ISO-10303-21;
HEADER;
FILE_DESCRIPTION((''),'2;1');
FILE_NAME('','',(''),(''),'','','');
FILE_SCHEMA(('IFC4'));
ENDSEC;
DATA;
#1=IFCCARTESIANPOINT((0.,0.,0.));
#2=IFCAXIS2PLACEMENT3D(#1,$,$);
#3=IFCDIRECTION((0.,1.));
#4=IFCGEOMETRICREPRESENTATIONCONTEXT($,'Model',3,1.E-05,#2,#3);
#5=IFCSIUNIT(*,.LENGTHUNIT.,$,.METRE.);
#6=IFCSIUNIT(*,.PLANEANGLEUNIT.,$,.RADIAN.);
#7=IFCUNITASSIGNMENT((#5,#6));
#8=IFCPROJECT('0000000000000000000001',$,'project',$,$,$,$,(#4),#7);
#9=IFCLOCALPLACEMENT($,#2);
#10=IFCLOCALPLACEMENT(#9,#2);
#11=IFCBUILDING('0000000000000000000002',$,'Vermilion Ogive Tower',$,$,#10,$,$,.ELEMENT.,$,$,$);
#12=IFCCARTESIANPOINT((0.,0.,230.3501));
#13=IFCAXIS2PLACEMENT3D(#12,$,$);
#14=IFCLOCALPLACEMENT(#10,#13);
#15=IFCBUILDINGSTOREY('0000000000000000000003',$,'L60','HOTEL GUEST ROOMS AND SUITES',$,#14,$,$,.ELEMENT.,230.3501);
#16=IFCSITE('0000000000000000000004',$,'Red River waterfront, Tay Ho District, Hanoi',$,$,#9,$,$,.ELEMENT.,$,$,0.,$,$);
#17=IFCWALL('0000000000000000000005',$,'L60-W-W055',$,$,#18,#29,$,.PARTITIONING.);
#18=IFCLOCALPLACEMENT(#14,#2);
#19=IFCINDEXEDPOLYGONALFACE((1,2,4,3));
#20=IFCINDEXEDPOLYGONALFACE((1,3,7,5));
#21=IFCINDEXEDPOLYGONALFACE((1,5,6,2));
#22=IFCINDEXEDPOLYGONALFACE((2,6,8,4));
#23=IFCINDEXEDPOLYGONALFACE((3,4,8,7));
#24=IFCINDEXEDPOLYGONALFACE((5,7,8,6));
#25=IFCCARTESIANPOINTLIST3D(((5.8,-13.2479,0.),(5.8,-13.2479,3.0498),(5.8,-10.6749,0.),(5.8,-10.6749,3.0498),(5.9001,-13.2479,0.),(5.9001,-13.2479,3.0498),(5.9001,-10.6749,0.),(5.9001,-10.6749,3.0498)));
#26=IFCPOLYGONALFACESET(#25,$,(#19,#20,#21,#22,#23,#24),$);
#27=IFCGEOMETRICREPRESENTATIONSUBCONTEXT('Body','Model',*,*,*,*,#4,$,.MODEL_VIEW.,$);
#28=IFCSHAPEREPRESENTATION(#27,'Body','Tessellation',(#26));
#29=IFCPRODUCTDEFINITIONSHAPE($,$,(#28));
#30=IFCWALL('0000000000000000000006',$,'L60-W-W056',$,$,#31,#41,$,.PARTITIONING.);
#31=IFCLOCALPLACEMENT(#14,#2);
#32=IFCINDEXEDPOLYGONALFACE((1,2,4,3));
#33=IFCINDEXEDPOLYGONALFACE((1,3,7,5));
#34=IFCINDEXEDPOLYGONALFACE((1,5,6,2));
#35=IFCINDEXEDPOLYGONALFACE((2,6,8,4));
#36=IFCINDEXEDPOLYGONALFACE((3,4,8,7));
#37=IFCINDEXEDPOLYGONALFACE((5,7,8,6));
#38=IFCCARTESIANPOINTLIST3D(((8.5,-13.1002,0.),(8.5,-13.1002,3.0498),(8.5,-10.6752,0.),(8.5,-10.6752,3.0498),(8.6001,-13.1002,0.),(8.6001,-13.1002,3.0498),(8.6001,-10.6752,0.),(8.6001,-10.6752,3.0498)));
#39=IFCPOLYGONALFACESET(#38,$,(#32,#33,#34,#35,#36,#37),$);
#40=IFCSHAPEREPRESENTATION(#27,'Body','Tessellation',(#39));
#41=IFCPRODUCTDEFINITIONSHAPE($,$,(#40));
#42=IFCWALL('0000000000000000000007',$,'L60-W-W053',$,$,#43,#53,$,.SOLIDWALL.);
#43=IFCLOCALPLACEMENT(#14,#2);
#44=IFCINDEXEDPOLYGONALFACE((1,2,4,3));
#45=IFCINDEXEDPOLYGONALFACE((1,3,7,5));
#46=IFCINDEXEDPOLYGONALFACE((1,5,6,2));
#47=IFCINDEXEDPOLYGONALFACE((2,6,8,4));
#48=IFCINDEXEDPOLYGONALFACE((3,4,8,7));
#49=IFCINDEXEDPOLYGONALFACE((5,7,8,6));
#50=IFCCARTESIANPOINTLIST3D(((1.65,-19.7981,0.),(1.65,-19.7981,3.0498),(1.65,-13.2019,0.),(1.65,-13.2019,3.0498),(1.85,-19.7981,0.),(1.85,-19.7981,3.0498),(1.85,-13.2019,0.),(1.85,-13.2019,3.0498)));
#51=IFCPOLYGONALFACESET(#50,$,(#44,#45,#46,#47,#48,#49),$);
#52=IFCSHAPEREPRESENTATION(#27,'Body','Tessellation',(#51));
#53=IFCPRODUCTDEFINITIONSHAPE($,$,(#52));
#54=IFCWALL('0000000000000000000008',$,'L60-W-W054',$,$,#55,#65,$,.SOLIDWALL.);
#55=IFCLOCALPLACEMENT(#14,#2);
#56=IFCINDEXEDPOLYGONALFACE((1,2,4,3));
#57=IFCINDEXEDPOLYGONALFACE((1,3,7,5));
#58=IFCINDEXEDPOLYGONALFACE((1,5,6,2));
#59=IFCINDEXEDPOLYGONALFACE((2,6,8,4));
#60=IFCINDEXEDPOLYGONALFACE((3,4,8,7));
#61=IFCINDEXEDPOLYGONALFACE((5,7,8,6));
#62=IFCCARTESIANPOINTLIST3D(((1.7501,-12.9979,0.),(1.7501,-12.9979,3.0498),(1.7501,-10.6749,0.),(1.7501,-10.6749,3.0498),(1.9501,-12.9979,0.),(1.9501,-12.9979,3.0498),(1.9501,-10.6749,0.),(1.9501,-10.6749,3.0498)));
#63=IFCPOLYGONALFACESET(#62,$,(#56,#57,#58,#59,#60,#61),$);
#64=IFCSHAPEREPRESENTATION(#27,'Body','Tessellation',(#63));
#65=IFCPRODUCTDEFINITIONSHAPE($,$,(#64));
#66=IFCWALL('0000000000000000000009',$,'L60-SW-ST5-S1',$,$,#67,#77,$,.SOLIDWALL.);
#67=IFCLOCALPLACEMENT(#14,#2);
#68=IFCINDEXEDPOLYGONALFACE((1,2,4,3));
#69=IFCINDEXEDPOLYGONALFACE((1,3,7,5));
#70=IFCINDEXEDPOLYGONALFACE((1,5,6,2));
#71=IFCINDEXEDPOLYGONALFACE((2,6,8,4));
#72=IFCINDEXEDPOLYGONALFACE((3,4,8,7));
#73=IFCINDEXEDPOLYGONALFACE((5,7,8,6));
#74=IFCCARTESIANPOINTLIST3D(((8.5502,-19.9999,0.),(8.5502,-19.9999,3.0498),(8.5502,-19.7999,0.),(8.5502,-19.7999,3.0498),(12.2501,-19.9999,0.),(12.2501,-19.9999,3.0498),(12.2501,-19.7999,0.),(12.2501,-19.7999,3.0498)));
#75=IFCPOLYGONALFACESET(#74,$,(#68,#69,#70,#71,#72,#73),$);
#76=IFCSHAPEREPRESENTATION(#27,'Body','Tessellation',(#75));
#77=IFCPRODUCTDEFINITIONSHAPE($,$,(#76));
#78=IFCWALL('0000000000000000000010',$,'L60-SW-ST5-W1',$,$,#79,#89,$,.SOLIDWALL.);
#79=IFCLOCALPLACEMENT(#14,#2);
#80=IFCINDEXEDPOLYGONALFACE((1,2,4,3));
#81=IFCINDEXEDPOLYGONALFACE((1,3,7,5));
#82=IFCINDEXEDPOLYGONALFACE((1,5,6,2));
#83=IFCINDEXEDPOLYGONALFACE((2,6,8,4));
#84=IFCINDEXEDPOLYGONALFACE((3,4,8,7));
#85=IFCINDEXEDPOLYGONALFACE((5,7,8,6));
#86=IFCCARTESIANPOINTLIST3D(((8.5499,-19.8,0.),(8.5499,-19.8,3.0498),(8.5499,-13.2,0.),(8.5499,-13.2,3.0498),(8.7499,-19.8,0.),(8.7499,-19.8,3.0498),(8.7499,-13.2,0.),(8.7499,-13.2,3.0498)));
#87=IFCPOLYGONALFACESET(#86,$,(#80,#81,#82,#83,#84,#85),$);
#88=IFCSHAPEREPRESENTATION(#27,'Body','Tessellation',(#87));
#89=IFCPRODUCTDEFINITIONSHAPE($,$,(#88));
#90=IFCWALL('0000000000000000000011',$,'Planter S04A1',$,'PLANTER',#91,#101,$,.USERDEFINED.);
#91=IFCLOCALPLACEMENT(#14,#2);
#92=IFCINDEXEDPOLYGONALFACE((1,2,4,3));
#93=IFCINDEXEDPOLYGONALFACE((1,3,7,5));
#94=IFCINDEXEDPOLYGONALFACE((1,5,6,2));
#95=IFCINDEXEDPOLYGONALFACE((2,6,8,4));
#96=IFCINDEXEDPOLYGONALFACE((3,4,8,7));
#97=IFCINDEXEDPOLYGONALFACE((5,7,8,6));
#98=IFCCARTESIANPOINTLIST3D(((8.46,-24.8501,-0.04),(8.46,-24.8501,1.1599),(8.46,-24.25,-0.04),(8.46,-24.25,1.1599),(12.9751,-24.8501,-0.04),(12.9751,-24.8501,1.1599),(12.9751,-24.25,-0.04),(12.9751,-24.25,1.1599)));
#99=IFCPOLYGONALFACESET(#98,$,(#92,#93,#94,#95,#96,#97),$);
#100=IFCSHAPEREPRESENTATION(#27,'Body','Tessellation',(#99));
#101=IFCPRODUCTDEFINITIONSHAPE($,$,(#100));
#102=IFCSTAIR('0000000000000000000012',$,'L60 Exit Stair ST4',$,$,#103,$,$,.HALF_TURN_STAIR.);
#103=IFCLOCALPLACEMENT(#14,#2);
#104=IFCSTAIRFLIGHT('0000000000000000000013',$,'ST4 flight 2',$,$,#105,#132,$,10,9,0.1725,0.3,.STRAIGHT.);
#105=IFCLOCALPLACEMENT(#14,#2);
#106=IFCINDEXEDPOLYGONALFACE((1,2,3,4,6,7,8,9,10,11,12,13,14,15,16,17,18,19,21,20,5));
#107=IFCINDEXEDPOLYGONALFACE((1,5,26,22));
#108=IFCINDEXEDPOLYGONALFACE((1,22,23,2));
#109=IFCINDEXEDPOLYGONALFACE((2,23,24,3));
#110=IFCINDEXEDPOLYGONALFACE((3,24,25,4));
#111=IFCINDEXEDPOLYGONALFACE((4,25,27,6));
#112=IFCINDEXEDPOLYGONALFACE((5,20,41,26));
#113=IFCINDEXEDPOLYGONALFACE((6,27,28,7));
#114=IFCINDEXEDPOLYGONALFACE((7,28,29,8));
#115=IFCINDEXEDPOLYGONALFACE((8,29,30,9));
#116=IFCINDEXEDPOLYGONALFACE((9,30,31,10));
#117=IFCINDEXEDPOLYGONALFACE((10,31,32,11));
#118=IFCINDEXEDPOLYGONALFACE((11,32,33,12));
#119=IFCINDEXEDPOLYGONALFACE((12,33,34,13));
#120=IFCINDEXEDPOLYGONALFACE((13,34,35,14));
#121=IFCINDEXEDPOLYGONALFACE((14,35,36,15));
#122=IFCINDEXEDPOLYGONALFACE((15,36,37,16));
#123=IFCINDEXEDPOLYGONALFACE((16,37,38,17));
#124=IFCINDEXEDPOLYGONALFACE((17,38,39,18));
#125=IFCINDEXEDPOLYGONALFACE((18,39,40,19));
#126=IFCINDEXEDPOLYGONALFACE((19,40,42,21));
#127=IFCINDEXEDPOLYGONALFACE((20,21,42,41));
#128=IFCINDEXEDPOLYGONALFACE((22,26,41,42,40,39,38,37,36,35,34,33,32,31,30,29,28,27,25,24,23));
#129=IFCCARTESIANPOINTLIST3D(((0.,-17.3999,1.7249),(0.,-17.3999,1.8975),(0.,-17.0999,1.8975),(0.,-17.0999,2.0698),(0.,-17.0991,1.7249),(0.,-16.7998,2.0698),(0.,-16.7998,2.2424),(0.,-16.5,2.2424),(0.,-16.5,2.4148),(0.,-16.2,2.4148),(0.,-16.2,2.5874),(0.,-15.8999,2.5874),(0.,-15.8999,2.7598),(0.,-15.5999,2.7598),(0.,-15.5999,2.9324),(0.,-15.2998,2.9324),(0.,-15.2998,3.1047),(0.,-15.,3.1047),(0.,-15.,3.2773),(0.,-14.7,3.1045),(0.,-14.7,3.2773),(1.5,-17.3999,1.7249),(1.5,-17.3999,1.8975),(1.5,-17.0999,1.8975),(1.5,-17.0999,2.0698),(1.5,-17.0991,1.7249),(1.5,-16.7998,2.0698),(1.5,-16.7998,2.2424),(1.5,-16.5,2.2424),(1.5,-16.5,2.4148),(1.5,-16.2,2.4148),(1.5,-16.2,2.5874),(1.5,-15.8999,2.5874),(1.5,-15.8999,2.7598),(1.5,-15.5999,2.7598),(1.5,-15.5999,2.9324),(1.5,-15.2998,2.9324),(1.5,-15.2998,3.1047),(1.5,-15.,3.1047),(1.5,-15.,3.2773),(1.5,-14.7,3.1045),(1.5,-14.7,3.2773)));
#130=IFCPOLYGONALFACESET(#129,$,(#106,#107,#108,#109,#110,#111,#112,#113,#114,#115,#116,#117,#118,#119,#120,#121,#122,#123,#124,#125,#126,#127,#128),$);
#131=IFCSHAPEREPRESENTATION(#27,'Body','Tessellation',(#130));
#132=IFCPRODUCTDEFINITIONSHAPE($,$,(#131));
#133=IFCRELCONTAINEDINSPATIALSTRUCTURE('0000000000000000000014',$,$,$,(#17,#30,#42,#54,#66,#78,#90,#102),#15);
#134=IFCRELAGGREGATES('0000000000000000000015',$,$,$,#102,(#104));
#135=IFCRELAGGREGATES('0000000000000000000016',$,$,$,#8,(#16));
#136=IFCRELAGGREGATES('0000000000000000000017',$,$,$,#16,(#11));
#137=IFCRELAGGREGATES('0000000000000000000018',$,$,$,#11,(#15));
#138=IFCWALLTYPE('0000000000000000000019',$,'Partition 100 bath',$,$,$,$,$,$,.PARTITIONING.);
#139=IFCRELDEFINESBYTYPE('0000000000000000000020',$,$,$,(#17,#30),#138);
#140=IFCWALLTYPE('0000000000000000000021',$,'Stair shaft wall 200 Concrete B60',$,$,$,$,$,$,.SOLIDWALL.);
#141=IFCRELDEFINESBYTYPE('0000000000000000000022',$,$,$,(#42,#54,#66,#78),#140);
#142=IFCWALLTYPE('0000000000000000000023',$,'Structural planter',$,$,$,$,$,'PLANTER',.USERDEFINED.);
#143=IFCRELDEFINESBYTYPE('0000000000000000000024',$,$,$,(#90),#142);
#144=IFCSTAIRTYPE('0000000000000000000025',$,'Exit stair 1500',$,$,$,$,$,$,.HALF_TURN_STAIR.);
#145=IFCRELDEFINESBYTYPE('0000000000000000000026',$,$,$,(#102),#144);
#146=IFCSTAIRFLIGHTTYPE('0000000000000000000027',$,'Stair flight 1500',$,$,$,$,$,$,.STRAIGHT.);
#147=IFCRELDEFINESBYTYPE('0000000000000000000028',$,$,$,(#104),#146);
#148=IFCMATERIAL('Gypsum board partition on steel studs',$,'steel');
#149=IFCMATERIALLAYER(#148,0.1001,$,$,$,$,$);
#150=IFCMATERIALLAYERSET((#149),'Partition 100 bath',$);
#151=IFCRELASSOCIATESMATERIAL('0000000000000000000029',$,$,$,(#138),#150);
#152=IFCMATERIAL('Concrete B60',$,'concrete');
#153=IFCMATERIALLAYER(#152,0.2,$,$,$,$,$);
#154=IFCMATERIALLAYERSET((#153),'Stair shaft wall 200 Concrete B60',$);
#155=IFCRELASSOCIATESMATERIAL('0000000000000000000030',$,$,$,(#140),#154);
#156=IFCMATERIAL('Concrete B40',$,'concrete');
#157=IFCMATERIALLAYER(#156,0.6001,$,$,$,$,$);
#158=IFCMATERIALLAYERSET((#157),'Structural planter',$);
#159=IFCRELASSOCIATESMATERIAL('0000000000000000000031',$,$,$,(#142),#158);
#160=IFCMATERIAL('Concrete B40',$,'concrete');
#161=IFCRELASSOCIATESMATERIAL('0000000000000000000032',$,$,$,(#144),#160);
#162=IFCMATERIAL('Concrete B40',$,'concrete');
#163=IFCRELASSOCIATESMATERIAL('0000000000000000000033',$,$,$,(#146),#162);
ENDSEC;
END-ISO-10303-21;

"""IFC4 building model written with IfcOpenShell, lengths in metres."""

from ifc_helpers import new_model, si_unit, direction, frame, frame_2d, origin, place, context, subcontext, project, spatial, polyline, rectangle, outline, extrude, material, layer, layer_set, type_object, element, aggregate, save


model = new_model("IFC4")

# Units and contexts
model_context = context("Model", 3, precision=1e-05, world=origin(), true_north=direction((0.0, 1.0)))
body_context = subcontext(model_context, "Body", "Model", "MODEL_VIEW")
ifc_project = project(units=[si_unit("LENGTHUNIT", "METRE"), si_unit("PLANEANGLEUNIT", "RADIAN")], contexts=[model_context])

# Site, building, storey
site_placement = place(None, origin())
site = spatial("IfcSite", under=ifc_project, at=site_placement, Name="Red River waterfront, Tay Ho District, Hanoi", CompositionType="ELEMENT", RefElevation=0.0)
building_placement = place(site_placement, origin())
building = spatial("IfcBuilding", under=site, at=building_placement, Name="Vermilion Ogive Tower", CompositionType="ELEMENT")
storey_placement = place(building_placement, frame((0.0, 0.0, 230.3501)))
storey = spatial("IfcBuildingStorey", under=building, at=storey_placement, Name="L60", Description="HOTEL GUEST ROOMS AND SUITES", CompositionType="ELEMENT", Elevation=230.3501)

# Shared definitions
ifc_material_1 = material(Name="Gypsum board partition on steel studs", Category="steel")
ifc_layer_1 = layer(ifc_material_1, 0.1001)
ifc_layer_set_1 = layer_set([ifc_layer_1], Name="Partition 100 bath")
wall_type_1 = type_object("IfcWallType", Name="Partition 100 bath", PredefinedType="PARTITIONING", material=ifc_layer_set_1)

# Walls
wall_1_placement = place(storey_placement, frame((5.8501, -13.248, 0.0), z_axis=(0.0, 0.0, 1.0), x_axis=(0.0, 1.0, 0.0)))
element("IfcWall", 1, at=wall_1_placement, inside=storey, type_object=wall_type_1, Name="L60-W-W055", PredefinedType="PARTITIONING", context=body_context, shape_type="SweptSolid", body=[
    extrude(rectangle(XDim=2.573, YDim=0.1001, at=frame_2d((1.2866, 0.0))), origin(), (0.0, 0.0, 1.0), 3.0498),
])
wall_2_placement = place(storey_placement, frame((8.55, -13.1001, 0.0), z_axis=(0.0, 0.0, 1.0), x_axis=(0.0, 1.0, 0.0)))
element("IfcWall", 2, at=wall_2_placement, inside=storey, type_object=wall_type_1, Name="L60-W-W056", PredefinedType="PARTITIONING", context=body_context, shape_type="SweptSolid", body=[
    extrude(rectangle(XDim=2.425, YDim=0.1001, at=frame_2d((1.2124, 0.0))), origin(), (0.0, 0.0, 1.0), 3.0498),
])
ifc_material_2 = material(Name="Concrete B60", Category="concrete")
ifc_layer_2 = layer(ifc_material_2, 0.2)
ifc_layer_set_2 = layer_set([ifc_layer_2], Name="Stair shaft wall 200 Concrete B60")
wall_type_2 = type_object("IfcWallType", Name="Stair shaft wall 200 Concrete B60", PredefinedType="SOLIDWALL", material=ifc_layer_set_2)
wall_3_placement = place(storey_placement, frame((1.75, -19.7981, 0.0), z_axis=(0.0, 0.0, 1.0), x_axis=(0.0, 1.0, 0.0)))
element("IfcWall", 3, at=wall_3_placement, inside=storey, type_object=wall_type_2, Name="L60-W-W053", PredefinedType="SOLIDWALL", context=body_context, shape_type="SweptSolid", body=[
    extrude(rectangle(XDim=6.5962, YDim=0.2, at=frame_2d((3.2981, 0.0))), origin(), (0.0, 0.0, 1.0), 3.0498),
])
wall_4_placement = place(storey_placement, frame((1.8501, -12.998, 0.0), z_axis=(0.0, 0.0, 1.0), x_axis=(0.0, 1.0, 0.0)))
element("IfcWall", 4, at=wall_4_placement, inside=storey, type_object=wall_type_2, Name="L60-W-W054", PredefinedType="SOLIDWALL", context=body_context, shape_type="SweptSolid", body=[
    extrude(rectangle(XDim=2.323, YDim=0.2, at=frame_2d((1.1616, 0.0))), origin(), (0.0, 0.0, 1.0), 3.0498),
])
wall_5_placement = place(storey_placement, frame((8.55, -19.8999, 0.0), z_axis=(0.0, 0.0, 1.0), x_axis=(1.0, 0.0, 0.0)))
element("IfcWall", 5, at=wall_5_placement, inside=storey, type_object=wall_type_2, Name="L60-SW-ST5-S1", PredefinedType="SOLIDWALL", context=body_context, shape_type="SweptSolid", body=[
    extrude(rectangle(XDim=3.7, YDim=0.2, at=frame_2d((1.8501, 0.0))), origin(), (0.0, 0.0, 1.0), 3.0498),
])
wall_6_placement = place(storey_placement, frame((8.6499, -19.8, 0.0), z_axis=(0.0, 0.0, 1.0), x_axis=(0.0, 1.0, 0.0)))
element("IfcWall", 6, at=wall_6_placement, inside=storey, type_object=wall_type_2, Name="L60-SW-ST5-W1", PredefinedType="SOLIDWALL", context=body_context, shape_type="SweptSolid", body=[
    extrude(rectangle(XDim=6.6001, YDim=0.2, at=frame_2d((3.3, 0.0))), origin(), (0.0, 0.0, 1.0), 3.0498),
])
ifc_material_3 = material(Name="Concrete B40", Category="concrete")
ifc_layer_3 = layer(ifc_material_3, 0.6001)
ifc_layer_set_3 = layer_set([ifc_layer_3], Name="Structural planter")
wall_type_3 = type_object("IfcWallType", Name="Structural planter", ElementType="PLANTER", PredefinedType="USERDEFINED", material=ifc_layer_set_3)
wall_7_placement = place(storey_placement, frame((8.46, -24.55, -0.04), z_axis=(0.0, 0.0, 1.0), x_axis=(1.0, 0.0, 0.0)))
element("IfcWall", 7, at=wall_7_placement, inside=storey, type_object=wall_type_3, Name="Planter S04A1", ObjectType="PLANTER", PredefinedType="USERDEFINED", context=body_context, shape_type="SweptSolid", body=[
    extrude(rectangle(XDim=4.5151, YDim=0.6001, at=frame_2d((2.2576, 0.0))), origin(), (0.0, 0.0, 1.0), 1.2),
])

# Stair, stair flight
ifc_material_4 = material(Name="Concrete B40", Category="concrete")
stair_type = type_object("IfcStairType", Name="Exit stair 1500", PredefinedType="HALF_TURN_STAIR", material=ifc_material_4)
stair_placement = place(storey_placement, origin())
stair = element("IfcStair", 8, at=stair_placement, inside=storey, type_object=stair_type, Name="L60 Exit Stair ST4", PredefinedType="HALF_TURN_STAIR")
ifc_material_5 = material(Name="Concrete B40", Category="concrete")
stair_flight_type = type_object("IfcStairFlightType", Name="Stair flight 1500", PredefinedType="STRAIGHT", material=ifc_material_5)
stair_flight_placement = place(storey_placement, frame((0.75, -17.3999, 1.7249), z_axis=(0.0, 0.0, 1.0), x_axis=(0.0, 1.0, 0.0)))
stair_flight = element("IfcStairFlight", 9, at=stair_flight_placement, type_object=stair_flight_type, Name="ST4 flight 2", NumberOfRisers=10, NumberOfTreads=9, PredefinedType="STRAIGHT", RiserHeight=0.1725, TreadLength=0.3, context=body_context, shape_type="SweptSolid", body=[
    extrude(outline(polyline([(0.0, 0.0), (0.0, 0.1726), (0.3, 0.1726), (0.3, 0.345), (0.6001, 0.345), (0.6001, 0.5176), (0.8999, 0.5176), (0.8999, 0.6899), (1.2, 0.6899), (1.2, 0.8625), (1.5, 0.8625), (1.5, 1.0349), (1.8, 1.0349), (1.8, 1.2075), (2.1001, 1.2075), (2.1001, 1.3799), (2.3999, 1.3799), (2.3999, 1.5525), (2.7, 1.5525), (2.7, 1.7251), (2.7, 1.3796), (0.3008, 0.0), (0.0, 0.0)])), frame((0.0, 0.75, 0.0), z_axis=(0.0, -1.0, 0.0), x_axis=(1.0, 0.0, 0.0)), (0.0, 0.0, 1.0), 1.5),
])
aggregate(stair, [stair_flight])

save(model, "model.ifc")
